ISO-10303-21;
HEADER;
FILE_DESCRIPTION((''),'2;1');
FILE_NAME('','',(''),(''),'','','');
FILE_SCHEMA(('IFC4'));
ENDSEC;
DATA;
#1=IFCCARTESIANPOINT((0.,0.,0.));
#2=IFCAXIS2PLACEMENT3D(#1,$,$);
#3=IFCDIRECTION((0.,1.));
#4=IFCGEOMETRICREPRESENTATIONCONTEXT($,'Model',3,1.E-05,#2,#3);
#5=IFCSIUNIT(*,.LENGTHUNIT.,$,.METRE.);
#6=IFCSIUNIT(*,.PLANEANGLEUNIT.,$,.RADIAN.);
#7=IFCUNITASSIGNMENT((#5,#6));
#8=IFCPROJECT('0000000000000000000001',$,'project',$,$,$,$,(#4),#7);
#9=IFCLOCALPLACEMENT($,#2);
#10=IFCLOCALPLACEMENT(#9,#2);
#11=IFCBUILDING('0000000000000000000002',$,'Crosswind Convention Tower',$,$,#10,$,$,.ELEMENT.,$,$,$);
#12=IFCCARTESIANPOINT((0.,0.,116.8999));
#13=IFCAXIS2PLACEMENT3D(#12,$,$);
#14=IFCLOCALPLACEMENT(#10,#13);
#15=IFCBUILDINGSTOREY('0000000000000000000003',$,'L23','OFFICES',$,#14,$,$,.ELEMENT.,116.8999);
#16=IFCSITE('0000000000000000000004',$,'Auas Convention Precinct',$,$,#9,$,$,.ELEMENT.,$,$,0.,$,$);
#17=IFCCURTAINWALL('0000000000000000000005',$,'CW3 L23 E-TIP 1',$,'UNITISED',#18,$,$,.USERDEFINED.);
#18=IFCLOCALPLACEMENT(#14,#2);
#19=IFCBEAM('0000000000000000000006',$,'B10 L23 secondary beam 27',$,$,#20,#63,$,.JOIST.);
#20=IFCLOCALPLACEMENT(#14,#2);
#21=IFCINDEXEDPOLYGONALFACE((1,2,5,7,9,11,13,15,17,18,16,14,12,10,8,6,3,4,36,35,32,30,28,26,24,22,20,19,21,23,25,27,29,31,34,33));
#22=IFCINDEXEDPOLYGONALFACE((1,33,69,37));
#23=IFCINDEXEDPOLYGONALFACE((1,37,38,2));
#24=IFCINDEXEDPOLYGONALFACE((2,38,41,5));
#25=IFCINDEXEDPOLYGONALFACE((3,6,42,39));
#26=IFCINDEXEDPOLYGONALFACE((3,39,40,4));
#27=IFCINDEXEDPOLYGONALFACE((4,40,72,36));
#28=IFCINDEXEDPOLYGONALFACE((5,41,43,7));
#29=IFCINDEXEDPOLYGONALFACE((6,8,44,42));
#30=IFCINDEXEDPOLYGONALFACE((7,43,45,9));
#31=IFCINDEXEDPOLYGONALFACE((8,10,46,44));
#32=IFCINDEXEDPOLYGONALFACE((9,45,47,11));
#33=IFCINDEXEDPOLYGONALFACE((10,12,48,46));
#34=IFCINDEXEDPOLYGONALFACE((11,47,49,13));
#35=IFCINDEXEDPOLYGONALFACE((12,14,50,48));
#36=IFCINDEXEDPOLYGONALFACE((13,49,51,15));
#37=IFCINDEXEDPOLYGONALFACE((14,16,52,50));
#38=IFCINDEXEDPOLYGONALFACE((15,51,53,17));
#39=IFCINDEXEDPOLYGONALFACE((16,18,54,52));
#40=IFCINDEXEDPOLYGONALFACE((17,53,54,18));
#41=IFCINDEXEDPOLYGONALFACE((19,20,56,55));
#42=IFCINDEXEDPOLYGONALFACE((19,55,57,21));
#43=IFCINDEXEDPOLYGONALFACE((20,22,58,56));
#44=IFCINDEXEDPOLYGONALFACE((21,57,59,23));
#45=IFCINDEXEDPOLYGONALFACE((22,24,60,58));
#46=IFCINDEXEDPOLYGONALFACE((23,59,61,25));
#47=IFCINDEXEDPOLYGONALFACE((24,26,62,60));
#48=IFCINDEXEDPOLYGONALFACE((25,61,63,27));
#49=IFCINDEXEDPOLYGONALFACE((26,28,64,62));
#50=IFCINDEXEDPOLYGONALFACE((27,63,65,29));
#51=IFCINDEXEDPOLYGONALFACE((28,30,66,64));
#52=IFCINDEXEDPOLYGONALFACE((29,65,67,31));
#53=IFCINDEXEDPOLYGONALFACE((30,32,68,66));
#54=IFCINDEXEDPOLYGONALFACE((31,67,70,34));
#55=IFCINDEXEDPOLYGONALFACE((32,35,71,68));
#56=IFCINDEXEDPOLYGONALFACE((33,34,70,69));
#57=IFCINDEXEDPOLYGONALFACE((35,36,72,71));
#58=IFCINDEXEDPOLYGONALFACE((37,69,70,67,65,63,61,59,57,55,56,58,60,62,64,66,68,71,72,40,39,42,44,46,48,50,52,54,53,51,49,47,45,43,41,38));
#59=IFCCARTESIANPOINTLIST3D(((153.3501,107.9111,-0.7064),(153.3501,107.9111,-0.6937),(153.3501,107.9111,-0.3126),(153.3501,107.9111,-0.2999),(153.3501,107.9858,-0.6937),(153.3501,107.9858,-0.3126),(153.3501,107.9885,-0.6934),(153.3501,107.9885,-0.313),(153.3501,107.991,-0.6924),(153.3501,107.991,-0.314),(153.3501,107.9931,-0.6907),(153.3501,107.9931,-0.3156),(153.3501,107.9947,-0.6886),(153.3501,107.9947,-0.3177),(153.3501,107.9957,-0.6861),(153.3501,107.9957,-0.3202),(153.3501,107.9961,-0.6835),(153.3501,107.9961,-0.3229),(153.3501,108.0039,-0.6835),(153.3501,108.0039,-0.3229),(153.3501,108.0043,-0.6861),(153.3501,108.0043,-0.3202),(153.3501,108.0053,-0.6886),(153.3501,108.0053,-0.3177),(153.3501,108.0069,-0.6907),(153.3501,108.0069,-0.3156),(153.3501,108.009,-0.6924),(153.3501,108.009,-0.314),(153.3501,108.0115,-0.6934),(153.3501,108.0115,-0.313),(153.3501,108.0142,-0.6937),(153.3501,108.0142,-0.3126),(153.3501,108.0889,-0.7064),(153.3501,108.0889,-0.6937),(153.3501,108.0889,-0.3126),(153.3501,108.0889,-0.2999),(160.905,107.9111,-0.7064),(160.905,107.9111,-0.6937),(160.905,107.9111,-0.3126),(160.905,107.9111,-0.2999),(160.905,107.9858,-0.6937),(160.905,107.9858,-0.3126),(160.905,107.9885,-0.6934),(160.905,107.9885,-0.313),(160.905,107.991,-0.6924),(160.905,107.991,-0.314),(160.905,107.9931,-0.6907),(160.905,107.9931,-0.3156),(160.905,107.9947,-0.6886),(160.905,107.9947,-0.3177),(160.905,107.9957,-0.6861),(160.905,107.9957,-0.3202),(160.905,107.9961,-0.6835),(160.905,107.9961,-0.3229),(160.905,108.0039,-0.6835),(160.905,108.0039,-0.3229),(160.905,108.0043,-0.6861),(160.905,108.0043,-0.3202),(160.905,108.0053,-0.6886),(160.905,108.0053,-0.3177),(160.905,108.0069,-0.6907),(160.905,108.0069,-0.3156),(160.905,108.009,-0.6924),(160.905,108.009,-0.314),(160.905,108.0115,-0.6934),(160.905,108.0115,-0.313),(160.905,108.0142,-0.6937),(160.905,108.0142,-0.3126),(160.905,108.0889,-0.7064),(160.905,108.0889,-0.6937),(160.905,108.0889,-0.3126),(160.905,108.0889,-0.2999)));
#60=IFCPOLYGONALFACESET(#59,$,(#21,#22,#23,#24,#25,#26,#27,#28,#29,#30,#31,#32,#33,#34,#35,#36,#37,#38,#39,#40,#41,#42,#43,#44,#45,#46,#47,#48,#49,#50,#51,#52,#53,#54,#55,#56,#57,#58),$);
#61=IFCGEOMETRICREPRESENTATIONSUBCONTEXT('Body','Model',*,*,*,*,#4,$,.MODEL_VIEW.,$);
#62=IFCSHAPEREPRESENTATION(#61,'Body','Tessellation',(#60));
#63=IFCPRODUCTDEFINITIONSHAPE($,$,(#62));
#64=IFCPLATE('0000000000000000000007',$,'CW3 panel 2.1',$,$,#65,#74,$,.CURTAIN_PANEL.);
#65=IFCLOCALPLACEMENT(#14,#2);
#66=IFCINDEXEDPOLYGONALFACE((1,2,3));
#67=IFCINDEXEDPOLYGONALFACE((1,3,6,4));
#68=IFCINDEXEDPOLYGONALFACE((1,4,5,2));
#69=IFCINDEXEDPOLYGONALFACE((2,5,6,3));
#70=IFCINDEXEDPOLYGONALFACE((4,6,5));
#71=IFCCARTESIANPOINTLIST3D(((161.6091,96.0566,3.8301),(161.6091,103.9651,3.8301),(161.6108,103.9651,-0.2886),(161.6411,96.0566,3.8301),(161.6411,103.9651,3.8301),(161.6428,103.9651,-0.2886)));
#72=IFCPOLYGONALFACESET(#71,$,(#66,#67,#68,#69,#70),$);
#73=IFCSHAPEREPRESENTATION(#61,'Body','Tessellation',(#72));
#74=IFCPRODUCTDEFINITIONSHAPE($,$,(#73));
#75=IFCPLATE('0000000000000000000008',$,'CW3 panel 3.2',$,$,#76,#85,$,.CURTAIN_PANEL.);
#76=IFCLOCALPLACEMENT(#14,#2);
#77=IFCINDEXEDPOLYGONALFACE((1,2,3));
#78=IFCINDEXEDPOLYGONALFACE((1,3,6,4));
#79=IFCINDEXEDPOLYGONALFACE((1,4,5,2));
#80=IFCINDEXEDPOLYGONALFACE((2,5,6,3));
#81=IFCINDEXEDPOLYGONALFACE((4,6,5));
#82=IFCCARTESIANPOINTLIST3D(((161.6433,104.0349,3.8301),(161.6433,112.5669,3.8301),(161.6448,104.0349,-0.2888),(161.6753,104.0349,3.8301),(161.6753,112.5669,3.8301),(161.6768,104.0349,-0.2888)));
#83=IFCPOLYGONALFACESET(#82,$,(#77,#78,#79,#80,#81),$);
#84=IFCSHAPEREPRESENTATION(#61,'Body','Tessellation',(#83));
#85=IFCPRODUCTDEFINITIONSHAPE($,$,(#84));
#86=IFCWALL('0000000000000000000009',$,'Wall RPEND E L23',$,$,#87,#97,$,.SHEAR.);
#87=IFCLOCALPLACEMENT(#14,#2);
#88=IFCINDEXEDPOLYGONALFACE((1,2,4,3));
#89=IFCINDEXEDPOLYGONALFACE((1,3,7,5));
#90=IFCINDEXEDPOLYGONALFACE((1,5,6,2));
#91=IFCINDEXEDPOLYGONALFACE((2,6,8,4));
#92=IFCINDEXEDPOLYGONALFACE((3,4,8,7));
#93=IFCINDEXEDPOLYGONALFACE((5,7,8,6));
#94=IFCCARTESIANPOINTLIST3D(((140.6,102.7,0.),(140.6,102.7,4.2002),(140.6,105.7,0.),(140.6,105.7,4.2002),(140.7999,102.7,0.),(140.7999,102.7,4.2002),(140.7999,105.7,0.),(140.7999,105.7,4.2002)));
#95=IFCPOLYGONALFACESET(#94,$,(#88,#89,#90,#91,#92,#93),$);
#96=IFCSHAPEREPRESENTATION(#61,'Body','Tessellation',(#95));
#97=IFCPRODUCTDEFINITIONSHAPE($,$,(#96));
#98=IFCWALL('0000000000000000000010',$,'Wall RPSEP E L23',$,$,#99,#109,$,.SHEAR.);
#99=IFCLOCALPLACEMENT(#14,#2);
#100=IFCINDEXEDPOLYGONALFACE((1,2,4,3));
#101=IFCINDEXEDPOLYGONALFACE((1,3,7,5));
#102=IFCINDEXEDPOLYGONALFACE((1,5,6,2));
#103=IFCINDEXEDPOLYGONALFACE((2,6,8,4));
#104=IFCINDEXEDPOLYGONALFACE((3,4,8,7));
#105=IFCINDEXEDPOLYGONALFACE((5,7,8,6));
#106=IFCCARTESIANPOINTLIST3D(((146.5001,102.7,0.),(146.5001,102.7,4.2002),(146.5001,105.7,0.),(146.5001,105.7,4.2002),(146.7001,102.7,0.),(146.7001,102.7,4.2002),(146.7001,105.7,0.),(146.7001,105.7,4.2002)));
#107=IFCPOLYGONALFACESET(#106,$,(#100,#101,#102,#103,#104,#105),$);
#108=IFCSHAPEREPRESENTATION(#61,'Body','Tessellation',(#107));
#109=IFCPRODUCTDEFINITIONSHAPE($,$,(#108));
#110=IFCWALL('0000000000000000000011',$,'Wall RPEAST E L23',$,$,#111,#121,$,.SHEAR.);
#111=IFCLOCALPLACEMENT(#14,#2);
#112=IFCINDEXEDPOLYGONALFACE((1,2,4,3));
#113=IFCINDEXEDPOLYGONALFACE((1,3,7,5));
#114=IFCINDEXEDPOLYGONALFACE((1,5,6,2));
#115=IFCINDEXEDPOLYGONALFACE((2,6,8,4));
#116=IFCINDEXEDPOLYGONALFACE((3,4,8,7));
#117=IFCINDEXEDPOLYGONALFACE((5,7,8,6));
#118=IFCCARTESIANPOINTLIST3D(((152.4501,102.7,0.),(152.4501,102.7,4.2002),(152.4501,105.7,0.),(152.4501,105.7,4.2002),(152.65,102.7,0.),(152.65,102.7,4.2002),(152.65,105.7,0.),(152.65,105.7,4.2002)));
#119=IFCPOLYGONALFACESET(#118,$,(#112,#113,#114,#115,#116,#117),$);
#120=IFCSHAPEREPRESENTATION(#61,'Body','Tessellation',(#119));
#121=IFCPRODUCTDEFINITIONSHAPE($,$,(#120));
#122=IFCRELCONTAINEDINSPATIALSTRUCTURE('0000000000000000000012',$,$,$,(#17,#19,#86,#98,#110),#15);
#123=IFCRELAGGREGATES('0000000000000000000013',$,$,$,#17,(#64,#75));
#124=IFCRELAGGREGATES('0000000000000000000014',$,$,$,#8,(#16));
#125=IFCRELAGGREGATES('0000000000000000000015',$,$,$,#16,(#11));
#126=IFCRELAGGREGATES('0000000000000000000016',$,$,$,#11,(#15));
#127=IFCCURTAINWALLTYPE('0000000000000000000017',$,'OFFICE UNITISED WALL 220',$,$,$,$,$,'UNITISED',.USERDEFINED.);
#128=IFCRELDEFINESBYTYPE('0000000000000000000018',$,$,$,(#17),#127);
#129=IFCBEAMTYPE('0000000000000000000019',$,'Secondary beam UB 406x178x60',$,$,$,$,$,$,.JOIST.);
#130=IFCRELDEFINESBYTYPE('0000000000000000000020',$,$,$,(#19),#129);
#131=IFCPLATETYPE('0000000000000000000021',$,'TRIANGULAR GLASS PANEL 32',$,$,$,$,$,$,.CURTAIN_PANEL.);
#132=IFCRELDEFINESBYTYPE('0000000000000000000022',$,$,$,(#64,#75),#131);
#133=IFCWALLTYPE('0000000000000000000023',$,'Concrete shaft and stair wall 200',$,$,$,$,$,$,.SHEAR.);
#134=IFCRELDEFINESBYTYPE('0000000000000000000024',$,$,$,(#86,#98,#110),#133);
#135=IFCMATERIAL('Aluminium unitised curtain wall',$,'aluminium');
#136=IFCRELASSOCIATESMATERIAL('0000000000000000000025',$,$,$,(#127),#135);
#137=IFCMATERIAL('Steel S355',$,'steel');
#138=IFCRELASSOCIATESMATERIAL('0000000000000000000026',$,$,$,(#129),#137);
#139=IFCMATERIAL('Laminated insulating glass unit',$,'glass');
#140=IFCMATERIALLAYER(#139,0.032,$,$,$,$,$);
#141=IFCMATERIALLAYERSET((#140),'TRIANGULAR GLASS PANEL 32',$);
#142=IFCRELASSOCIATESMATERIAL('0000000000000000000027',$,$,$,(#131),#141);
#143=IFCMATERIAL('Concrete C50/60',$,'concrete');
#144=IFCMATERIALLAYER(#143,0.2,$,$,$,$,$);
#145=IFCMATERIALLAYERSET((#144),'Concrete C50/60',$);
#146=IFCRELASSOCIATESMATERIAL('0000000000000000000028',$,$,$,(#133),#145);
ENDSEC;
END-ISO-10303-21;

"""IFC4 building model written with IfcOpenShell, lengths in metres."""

from ifc_helpers import new_model, si_unit, direction, frame, frame_2d, origin, origin_2d, place, context, subcontext, project, spatial, polyline, rectangle, i_section, outline, extrude, material, layer, layer_set, material_profile, profile_set, type_object, element, aggregate, save


model = new_model("IFC4")

# Units and contexts
model_context = context("Model", 3, precision=1e-05, world=origin(), true_north=direction((0.0, 1.0)))
body_context = subcontext(model_context, "Body", "Model", "MODEL_VIEW")
ifc_project = project(units=[si_unit("LENGTHUNIT", "METRE"), si_unit("PLANEANGLEUNIT", "RADIAN")], contexts=[model_context])

# Site, building, storey
site_placement = place(None, origin())
site = spatial("IfcSite", under=ifc_project, at=site_placement, Name="Auas Convention Precinct", CompositionType="ELEMENT", RefElevation=0.0)
building_placement = place(site_placement, origin())
building = spatial("IfcBuilding", under=site, at=building_placement, Name="Crosswind Convention Tower", CompositionType="ELEMENT")
storey_placement = place(building_placement, frame((0.0, 0.0, 116.8999)))
storey = spatial("IfcBuildingStorey", under=building, at=storey_placement, Name="L23", Description="OFFICES", CompositionType="ELEMENT", Elevation=116.8999)

# Shared definitions
ifc_material_1 = material(Name="Steel S355", Category="steel")

# Curtain wall
ifc_material_2 = material(Name="Aluminium unitised curtain wall", Category="aluminium")
curtain_wall_type = type_object("IfcCurtainWallType", Name="OFFICE UNITISED WALL 220", ElementType="UNITISED", PredefinedType="USERDEFINED", material=ifc_material_2)
curtain_wall_placement = place(storey_placement, origin())
curtain_wall = element("IfcCurtainWall", 1, at=curtain_wall_placement, inside=storey, type_object=curtain_wall_type, Name="CW3 L23 E-TIP 1", ObjectType="UNITISED", PredefinedType="USERDEFINED")

# Beam
ifc_material_profile_1 = material_profile(ifc_material_1, i_section(OverallWidth=0.1777, OverallDepth=0.4065, WebThickness=0.0078, FlangeThickness=0.0127, FilletRadius=0.0103, at=origin_2d()), Name="UB 406x178x60")
ifc_profile_set_1 = profile_set([ifc_material_profile_1], Name="Steel S355")
beam_type_1 = type_object("IfcBeamType", Name="Secondary beam UB 406x178x60", PredefinedType="JOIST", material=ifc_profile_set_1)
for number, where, z_axis, x_axis, name in (
    (2, (153.3501, 108.0, -0.5032), (1.0, 0.0, 0.0), (0.0, 1.0, 0.0), "B10 L23 secondary beam 27"),
):
    element("IfcBeam", number, at=place(storey_placement, frame(where, z_axis=z_axis, x_axis=x_axis)), inside=storey, type_object=beam_type_1, Name=name, PredefinedType="JOIST", context=body_context, shape_type="SweptSolid", body=[
        extrude(i_section(OverallWidth=0.1777, OverallDepth=0.4065, WebThickness=0.0078, FlangeThickness=0.0127, FilletRadius=0.0103, at=origin_2d()), origin(), (0.0, 0.0, 1.0), 7.5549),
    ])

# Plates
ifc_material_3 = material(Name="Laminated insulating glass unit", Category="glass")
ifc_layer_1 = layer(ifc_material_3, 0.032)
ifc_layer_set_1 = layer_set([ifc_layer_1], Name="TRIANGULAR GLASS PANEL 32")
plate_type = type_object("IfcPlateType", Name="TRIANGULAR GLASS PANEL 32", PredefinedType="CURTAIN_PANEL", material=ifc_layer_set_1)
plate_1_placement = place(storey_placement, frame((161.6411, 103.9651, 3.8301), z_axis=(1.0, 0.0, 0.000415), x_axis=(0.0, -1.0, 0.0)))
plate_1 = element("IfcPlate", 3, at=plate_1_placement, type_object=plate_type, Name="CW3 panel 2.1", PredefinedType="CURTAIN_PANEL", context=body_context, shape_type="SweptSolid", body=[
    extrude(outline(polyline([(0.0, 0.0), (7.9084, 0.0), (0.0, 4.1187), (0.0, 0.0)])), origin(), (0.0, 0.0, -1.0), 0.032),
])
plate_2_placement = place(storey_placement, frame((161.6753, 104.0349, 3.8301), z_axis=(1.0, 0.0, 0.000356), x_axis=(0.000356, 0.0, -1.0)))
plate_2 = element("IfcPlate", 4, at=plate_2_placement, type_object=plate_type, Name="CW3 panel 3.2", PredefinedType="CURTAIN_PANEL", context=body_context, shape_type="SweptSolid", body=[
    extrude(outline(polyline([(0.0, 0.0), (4.1189, 0.0), (0.0, 8.532), (0.0, 0.0)])), origin(), (0.0, 0.0, -1.0), 0.032),
])
aggregate(curtain_wall, [plate_1, plate_2])

# Walls
ifc_material_4 = material(Name="Concrete C50/60", Category="concrete")
ifc_layer_2 = layer(ifc_material_4, 0.2)
ifc_layer_set_2 = layer_set([ifc_layer_2], Name="Concrete C50/60")
wall_type_1 = type_object("IfcWallType", Name="Concrete shaft and stair wall 200", PredefinedType="SHEAR", material=ifc_layer_set_2)
for number, where, z_axis, x_axis, name in (
    (5, (140.7, 102.7, 0.0), (0.0, 0.0, 1.0), (0.0, 1.0, 0.0), "Wall RPEND E L23"),
    (6, (146.6001, 102.7, 0.0), (0.0, 0.0, 1.0), (0.0, 1.0, 0.0), "Wall RPSEP E L23"),
    (7, (152.55, 102.7, 0.0), (0.0, 0.0, 1.0), (0.0, 1.0, 0.0), "Wall RPEAST E L23"),
):
    element("IfcWall", number, at=place(storey_placement, frame(where, z_axis=z_axis, x_axis=x_axis)), inside=storey, type_object=wall_type_1, Name=name, PredefinedType="SHEAR", context=body_context, shape_type="SweptSolid", body=[
        extrude(rectangle(XDim=3.0, YDim=0.2, at=frame_2d((1.5, 0.0))), origin(), (0.0, 0.0, 1.0), 4.2002),
    ])

save(model, "model.ifc")
